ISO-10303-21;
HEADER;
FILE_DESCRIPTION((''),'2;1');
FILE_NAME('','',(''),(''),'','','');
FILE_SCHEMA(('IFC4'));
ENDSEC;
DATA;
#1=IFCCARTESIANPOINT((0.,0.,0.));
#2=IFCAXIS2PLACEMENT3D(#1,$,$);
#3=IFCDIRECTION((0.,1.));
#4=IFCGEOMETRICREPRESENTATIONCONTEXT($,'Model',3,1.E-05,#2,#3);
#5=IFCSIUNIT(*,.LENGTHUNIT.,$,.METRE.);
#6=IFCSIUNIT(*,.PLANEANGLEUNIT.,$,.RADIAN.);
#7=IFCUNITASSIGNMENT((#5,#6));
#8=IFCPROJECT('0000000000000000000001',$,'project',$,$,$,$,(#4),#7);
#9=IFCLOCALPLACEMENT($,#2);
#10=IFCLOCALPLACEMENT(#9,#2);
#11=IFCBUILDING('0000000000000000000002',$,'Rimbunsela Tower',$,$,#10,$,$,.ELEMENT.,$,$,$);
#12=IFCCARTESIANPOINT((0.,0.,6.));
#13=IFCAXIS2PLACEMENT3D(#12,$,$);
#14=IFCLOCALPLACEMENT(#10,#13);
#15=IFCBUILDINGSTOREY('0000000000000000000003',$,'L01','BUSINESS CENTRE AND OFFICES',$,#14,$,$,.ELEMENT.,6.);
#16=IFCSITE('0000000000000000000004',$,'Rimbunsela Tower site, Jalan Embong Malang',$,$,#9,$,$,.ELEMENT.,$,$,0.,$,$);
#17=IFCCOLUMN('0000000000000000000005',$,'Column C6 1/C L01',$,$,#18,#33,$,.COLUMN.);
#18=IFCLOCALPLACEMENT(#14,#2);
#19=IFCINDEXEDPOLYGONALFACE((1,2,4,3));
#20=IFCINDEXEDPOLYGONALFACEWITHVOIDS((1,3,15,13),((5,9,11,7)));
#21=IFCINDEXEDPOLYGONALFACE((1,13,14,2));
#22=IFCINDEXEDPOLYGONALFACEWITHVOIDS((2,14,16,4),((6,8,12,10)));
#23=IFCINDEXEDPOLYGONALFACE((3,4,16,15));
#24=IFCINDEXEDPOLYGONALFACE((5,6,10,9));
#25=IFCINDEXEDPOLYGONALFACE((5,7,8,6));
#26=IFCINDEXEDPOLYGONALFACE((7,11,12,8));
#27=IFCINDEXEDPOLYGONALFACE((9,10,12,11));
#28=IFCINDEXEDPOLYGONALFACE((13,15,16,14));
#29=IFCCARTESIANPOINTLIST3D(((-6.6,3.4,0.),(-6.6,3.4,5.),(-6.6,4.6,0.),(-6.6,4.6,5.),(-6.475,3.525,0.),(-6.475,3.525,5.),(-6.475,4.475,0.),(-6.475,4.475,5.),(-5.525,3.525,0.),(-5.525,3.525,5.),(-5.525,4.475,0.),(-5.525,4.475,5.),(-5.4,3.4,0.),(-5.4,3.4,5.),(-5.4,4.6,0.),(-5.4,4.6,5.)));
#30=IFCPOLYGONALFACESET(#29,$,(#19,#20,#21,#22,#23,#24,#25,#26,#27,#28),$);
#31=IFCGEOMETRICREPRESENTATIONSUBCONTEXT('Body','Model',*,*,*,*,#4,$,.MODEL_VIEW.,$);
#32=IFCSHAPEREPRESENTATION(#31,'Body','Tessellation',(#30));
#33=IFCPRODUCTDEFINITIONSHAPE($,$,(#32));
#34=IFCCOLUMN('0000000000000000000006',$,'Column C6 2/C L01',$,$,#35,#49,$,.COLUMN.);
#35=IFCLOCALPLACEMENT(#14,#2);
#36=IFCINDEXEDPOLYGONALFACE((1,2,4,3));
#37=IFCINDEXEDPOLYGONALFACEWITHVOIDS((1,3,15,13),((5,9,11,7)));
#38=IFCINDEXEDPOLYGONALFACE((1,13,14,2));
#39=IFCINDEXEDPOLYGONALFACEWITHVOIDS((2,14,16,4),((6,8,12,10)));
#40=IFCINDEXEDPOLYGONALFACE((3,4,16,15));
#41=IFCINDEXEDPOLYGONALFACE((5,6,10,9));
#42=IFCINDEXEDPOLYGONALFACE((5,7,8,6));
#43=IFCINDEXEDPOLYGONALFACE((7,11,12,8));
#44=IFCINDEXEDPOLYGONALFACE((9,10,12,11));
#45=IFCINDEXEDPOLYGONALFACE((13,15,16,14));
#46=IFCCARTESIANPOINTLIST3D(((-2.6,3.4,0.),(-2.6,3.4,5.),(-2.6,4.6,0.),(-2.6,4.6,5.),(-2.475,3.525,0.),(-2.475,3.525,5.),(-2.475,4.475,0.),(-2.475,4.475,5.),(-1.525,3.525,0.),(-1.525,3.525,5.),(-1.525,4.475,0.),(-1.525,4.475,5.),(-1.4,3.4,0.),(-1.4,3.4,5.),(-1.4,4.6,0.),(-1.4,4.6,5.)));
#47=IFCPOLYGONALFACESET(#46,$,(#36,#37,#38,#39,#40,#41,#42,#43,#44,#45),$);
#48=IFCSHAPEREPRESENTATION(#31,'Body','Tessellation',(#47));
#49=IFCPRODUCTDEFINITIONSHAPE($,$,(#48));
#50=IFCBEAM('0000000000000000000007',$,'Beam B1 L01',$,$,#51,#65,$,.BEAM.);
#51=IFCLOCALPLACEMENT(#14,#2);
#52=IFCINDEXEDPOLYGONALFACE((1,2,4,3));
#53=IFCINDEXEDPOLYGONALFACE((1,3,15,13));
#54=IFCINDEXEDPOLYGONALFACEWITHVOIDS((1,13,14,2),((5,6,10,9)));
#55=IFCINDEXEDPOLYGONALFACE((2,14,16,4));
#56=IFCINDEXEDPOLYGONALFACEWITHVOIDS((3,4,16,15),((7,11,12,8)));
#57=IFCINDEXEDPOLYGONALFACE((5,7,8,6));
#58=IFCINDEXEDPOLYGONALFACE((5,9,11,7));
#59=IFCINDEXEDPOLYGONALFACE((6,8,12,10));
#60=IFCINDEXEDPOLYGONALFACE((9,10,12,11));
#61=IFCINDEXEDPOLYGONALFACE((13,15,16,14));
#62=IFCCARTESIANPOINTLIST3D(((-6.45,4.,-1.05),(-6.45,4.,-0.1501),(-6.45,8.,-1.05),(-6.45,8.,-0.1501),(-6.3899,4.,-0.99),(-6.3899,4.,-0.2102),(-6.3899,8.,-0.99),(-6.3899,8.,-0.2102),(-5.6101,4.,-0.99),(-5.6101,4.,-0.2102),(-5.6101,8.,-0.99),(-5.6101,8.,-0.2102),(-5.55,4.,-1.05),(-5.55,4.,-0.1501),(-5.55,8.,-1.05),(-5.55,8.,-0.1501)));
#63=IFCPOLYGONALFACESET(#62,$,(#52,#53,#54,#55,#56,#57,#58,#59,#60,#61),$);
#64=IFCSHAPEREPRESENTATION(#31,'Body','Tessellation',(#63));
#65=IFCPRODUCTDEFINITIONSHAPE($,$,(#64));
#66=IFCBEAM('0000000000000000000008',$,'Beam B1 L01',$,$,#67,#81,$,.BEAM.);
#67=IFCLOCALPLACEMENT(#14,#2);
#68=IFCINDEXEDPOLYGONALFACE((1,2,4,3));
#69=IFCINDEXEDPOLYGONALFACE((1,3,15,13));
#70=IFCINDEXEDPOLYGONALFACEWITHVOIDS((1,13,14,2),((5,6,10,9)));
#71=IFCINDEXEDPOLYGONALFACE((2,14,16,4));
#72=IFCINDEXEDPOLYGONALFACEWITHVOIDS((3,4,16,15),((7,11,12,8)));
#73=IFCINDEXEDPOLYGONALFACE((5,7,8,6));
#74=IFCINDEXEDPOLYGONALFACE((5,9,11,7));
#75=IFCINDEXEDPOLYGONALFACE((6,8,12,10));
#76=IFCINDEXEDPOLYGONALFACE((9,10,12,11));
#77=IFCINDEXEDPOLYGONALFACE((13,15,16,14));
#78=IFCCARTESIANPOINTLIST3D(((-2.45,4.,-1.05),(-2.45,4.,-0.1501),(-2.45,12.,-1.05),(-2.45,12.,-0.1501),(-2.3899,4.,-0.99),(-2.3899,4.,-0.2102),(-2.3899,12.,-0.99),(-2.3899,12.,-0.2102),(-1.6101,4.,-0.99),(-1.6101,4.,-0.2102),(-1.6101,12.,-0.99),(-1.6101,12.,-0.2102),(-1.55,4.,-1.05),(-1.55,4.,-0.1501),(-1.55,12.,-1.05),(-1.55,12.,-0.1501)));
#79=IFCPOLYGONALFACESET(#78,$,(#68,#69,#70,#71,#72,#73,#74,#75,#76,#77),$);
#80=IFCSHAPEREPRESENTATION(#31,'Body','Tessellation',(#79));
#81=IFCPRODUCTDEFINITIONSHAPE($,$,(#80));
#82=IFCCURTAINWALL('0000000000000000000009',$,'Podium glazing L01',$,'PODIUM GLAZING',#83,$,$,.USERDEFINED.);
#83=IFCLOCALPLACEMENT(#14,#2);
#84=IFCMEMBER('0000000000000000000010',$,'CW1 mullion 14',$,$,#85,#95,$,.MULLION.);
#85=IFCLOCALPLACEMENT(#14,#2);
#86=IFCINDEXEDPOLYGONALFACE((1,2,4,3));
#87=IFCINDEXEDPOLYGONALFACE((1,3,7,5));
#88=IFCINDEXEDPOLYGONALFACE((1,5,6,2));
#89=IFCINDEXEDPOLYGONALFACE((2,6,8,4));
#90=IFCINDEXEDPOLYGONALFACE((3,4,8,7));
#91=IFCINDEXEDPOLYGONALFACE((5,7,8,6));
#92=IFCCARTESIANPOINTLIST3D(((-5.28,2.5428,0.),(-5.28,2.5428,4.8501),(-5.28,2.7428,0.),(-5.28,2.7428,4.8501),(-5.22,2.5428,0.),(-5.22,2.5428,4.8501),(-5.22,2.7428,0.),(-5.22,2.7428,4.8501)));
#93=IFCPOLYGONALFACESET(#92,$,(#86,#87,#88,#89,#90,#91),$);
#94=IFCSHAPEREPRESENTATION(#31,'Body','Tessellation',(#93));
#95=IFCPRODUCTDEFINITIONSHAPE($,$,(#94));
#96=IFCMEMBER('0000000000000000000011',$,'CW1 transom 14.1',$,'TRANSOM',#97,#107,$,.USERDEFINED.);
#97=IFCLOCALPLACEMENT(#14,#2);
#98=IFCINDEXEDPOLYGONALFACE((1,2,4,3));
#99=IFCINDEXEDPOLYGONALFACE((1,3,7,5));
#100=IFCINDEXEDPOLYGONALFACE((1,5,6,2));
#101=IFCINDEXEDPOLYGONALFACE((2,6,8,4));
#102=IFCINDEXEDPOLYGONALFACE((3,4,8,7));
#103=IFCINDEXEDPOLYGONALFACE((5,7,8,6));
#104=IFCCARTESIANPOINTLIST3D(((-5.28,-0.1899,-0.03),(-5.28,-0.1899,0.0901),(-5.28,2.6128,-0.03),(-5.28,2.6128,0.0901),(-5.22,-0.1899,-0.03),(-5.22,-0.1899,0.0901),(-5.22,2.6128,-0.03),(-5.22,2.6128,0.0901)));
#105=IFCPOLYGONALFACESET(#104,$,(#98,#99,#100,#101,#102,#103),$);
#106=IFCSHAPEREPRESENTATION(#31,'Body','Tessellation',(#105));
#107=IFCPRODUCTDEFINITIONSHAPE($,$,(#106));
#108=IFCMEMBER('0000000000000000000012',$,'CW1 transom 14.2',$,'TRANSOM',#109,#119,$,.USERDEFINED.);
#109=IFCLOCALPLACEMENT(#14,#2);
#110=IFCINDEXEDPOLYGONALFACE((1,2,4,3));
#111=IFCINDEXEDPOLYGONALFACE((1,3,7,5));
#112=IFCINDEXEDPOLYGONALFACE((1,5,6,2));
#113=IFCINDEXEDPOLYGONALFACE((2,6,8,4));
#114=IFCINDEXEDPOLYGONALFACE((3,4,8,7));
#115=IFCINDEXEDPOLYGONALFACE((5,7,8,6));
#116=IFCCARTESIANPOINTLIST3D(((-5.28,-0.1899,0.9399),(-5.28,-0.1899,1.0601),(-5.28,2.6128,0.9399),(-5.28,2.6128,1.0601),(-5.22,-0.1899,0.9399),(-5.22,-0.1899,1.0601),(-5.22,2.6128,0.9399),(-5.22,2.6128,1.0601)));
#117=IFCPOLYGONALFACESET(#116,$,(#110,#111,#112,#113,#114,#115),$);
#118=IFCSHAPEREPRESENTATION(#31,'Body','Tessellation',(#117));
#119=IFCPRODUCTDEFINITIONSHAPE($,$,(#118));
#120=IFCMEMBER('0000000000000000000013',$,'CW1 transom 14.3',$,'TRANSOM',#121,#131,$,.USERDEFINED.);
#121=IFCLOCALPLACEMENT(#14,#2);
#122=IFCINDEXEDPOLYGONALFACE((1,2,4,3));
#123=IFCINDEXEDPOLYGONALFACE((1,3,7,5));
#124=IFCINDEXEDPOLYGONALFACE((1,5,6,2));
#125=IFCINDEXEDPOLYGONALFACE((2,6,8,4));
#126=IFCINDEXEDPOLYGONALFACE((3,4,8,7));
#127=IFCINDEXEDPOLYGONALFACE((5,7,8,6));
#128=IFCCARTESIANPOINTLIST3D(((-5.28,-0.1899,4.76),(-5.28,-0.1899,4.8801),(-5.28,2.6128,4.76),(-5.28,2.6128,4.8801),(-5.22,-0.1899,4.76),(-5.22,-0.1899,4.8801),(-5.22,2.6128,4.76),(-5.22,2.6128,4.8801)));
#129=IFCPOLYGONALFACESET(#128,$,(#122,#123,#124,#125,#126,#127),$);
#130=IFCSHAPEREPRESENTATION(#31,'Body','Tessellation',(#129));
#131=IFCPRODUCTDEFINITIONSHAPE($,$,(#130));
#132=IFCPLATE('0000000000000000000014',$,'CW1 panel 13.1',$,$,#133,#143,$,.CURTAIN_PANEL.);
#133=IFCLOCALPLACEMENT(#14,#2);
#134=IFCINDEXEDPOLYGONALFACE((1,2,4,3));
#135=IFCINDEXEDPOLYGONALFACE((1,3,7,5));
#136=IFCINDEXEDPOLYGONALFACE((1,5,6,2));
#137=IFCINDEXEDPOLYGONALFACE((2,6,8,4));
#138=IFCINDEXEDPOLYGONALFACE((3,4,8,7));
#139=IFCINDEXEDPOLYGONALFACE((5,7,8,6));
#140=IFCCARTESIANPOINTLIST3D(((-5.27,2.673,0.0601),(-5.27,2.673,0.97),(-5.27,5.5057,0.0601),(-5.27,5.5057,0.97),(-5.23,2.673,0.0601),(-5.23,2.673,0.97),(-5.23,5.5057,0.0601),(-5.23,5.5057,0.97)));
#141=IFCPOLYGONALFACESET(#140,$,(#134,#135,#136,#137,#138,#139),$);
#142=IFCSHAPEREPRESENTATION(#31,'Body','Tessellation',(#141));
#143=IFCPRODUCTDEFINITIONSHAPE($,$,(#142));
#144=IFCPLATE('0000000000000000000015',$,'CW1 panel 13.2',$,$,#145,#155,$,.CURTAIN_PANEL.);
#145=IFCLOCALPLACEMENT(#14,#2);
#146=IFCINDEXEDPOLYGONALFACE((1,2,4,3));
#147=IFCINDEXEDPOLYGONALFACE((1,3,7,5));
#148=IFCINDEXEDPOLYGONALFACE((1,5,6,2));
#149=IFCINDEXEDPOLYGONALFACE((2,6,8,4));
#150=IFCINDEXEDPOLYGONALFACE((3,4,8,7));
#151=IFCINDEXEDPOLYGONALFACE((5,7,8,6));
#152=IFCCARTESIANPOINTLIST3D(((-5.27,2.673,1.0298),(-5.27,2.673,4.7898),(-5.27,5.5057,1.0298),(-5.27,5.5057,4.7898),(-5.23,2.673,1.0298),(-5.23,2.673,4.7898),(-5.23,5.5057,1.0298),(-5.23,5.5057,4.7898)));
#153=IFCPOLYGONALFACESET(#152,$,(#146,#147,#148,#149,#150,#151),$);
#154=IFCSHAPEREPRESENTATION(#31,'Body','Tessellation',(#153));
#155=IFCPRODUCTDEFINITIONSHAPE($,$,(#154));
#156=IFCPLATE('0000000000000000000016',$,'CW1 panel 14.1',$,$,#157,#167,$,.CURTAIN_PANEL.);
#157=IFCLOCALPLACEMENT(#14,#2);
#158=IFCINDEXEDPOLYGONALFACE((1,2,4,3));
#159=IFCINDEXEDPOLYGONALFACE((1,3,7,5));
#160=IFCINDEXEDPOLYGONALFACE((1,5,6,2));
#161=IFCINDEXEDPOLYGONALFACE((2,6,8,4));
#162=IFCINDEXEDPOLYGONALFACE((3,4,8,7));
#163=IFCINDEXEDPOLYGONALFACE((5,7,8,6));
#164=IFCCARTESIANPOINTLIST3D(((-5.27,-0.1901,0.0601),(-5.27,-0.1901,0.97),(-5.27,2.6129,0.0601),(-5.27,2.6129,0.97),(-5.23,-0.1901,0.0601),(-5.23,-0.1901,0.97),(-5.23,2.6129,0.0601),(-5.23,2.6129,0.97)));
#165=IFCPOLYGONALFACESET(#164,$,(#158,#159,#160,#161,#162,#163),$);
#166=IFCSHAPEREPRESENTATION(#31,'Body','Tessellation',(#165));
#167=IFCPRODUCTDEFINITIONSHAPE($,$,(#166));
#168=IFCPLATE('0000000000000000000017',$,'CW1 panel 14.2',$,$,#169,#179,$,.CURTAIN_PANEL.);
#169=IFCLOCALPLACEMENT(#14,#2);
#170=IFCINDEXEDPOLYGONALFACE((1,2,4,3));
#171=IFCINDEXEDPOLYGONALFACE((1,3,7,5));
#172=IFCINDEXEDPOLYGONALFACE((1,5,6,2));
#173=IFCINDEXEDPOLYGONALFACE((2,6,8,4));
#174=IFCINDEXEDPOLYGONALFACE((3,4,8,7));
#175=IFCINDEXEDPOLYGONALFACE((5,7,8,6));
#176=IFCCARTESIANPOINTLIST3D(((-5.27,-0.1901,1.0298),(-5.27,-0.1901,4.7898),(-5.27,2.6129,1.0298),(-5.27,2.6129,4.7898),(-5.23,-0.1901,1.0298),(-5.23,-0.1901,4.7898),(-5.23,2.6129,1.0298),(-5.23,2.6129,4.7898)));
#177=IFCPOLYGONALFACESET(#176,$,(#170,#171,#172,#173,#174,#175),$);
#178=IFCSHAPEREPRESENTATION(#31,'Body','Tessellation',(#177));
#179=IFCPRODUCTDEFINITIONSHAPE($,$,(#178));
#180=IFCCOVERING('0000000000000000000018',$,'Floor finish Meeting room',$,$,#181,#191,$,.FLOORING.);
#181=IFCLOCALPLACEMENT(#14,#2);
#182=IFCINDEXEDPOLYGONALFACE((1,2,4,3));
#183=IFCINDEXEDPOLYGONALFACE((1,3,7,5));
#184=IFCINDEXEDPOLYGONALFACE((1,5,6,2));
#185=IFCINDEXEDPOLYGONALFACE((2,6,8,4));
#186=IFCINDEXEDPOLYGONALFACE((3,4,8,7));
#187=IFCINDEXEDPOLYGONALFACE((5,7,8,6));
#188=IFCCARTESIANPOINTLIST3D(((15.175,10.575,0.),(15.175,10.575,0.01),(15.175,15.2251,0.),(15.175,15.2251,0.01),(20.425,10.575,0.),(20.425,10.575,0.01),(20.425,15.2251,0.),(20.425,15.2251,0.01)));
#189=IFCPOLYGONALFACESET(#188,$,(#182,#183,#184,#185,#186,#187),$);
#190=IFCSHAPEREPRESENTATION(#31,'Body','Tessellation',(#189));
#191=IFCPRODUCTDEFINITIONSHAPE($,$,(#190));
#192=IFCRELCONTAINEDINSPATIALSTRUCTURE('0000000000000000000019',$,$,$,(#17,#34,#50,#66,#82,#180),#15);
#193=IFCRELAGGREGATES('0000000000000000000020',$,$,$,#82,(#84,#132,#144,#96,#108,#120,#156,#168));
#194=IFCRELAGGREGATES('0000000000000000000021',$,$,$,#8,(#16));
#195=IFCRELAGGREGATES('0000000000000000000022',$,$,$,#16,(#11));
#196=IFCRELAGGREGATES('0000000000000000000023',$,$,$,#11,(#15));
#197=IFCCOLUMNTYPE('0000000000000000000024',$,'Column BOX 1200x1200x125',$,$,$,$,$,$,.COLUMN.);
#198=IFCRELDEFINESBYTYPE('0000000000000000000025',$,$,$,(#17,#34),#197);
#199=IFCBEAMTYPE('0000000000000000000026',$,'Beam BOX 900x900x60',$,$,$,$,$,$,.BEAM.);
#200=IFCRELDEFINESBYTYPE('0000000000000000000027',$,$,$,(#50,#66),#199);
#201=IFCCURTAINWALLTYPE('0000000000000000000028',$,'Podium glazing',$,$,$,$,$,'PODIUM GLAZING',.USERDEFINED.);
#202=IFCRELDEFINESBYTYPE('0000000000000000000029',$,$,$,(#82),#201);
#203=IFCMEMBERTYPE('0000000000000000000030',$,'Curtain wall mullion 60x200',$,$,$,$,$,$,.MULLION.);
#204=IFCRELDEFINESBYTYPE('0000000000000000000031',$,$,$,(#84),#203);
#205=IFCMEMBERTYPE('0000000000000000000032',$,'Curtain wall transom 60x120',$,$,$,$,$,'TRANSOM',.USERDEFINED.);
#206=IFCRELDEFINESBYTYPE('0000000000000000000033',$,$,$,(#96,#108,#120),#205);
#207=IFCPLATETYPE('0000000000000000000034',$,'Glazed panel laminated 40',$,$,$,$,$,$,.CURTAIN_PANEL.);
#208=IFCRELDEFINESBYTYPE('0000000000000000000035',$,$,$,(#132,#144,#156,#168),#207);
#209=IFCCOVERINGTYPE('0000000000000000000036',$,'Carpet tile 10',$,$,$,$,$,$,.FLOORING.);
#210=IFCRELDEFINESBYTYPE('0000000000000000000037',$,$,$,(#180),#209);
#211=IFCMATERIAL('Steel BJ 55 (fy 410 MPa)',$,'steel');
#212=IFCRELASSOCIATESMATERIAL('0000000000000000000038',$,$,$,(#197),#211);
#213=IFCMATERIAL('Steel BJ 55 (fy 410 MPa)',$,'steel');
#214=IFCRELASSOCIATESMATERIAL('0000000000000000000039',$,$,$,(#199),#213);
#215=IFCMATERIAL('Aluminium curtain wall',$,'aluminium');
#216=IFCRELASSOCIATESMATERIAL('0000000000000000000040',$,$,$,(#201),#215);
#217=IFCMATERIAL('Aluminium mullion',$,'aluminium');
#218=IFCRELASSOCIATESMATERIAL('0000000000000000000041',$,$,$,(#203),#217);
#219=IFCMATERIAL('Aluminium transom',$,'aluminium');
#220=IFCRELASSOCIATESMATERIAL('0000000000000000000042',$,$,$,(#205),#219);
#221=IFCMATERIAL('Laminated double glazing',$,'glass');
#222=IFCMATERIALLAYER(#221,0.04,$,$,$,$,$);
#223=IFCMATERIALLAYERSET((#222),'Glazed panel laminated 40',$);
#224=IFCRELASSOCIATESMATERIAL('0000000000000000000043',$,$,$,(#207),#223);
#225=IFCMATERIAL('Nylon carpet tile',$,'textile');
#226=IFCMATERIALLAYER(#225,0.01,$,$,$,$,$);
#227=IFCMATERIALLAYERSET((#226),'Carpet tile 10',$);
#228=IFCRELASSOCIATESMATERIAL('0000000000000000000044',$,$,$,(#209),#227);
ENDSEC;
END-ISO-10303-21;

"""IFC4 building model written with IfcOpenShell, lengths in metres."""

from ifc_helpers import new_model, si_unit, direction, frame, origin, origin_2d, place, context, subcontext, project, spatial, polyline, rectangle, hollow_rectangle, outline, extrude, material, layer, layer_set, material_profile, profile_set, type_object, element, aggregate, save


model = new_model("IFC4")

# Units and contexts
model_context = context("Model", 3, precision=1e-05, world=origin(), true_north=direction((0.0, 1.0)))
body_context = subcontext(model_context, "Body", "Model", "MODEL_VIEW")
ifc_project = project(units=[si_unit("LENGTHUNIT", "METRE"), si_unit("PLANEANGLEUNIT", "RADIAN")], contexts=[model_context])

# Site, building, storey
site_placement = place(None, origin())
site = spatial("IfcSite", under=ifc_project, at=site_placement, Name="Rimbunsela Tower site, Jalan Embong Malang", CompositionType="ELEMENT", RefElevation=0.0)
building_placement = place(site_placement, origin())
building = spatial("IfcBuilding", under=site, at=building_placement, Name="Rimbunsela Tower", CompositionType="ELEMENT")
storey_placement = place(building_placement, frame((0.0, 0.0, 6.0)))
storey = spatial("IfcBuildingStorey", under=building, at=storey_placement, Name="L01", Description="BUSINESS CENTRE AND OFFICES", CompositionType="ELEMENT", Elevation=6.0)

# Columns
ifc_material_1 = material(Name="Steel BJ 55 (fy 410 MPa)", Category="steel")
ifc_material_profile_1 = material_profile(ifc_material_1, hollow_rectangle(XDim=1.2, YDim=1.2, WallThickness=0.125, at=origin_2d()), Name="BOX 1200x1200x125")
ifc_profile_set_1 = profile_set([ifc_material_profile_1], Name="Steel BJ 55 (fy 410 MPa)")
column_type = type_object("IfcColumnType", Name="Column BOX 1200x1200x125", PredefinedType="COLUMN", material=ifc_profile_set_1)
for number, where, z_axis, x_axis, name in (
    (1, (-6.0, 4.0, 0.0), (0.0, 0.0, 1.0), (1.0, 0.0, 0.0), "Column C6 1/C L01"),
    (2, (-2.0, 4.0, 0.0), (0.0, 0.0, 1.0), (1.0, 0.0, 0.0), "Column C6 2/C L01"),
):
    element("IfcColumn", number, at=place(storey_placement, frame(where, z_axis=z_axis, x_axis=x_axis)), inside=storey, type_object=column_type, Name=name, PredefinedType="COLUMN", context=body_context, shape_type="SweptSolid", body=[
        extrude(hollow_rectangle(XDim=1.2, YDim=1.2, WallThickness=0.125, at=origin_2d()), origin(), (0.0, 0.0, 1.0), 5.0),
    ])

# Beams
ifc_material_2 = material(Name="Steel BJ 55 (fy 410 MPa)", Category="steel")
ifc_material_profile_2 = material_profile(ifc_material_2, hollow_rectangle(XDim=0.8999, YDim=0.8999, WallThickness=0.0601, at=origin_2d()), Name="BOX 900x900x60")
ifc_profile_set_2 = profile_set([ifc_material_profile_2], Name="Steel BJ 55 (fy 410 MPa)")
beam_type = type_object("IfcBeamType", Name="Beam BOX 900x900x60", PredefinedType="BEAM", material=ifc_profile_set_2)
beam_1_placement = place(storey_placement, frame((-6.0, 4.0, -0.6001), z_axis=(0.0, 1.0, 0.0), x_axis=(-1.0, 0.0, 0.0)))
element("IfcBeam", 3, at=beam_1_placement, inside=storey, type_object=beam_type, Name="Beam B1 L01", PredefinedType="BEAM", context=body_context, shape_type="SweptSolid", body=[
    extrude(hollow_rectangle(XDim=0.8999, YDim=0.8999, WallThickness=0.0601, at=origin_2d()), origin(), (0.0, 0.0, 1.0), 4.0),
])
beam_2_placement = place(storey_placement, frame((-2.0, 4.0, -0.6001), z_axis=(0.0, 1.0, 0.0), x_axis=(-1.0, 0.0, 0.0)))
element("IfcBeam", 4, at=beam_2_placement, inside=storey, type_object=beam_type, Name="Beam B1 L01", PredefinedType="BEAM", context=body_context, shape_type="SweptSolid", body=[
    extrude(hollow_rectangle(XDim=0.8999, YDim=0.8999, WallThickness=0.0601, at=origin_2d()), origin(), (0.0, 0.0, 1.0), 8.0),
])

# Curtain wall, members, plates
ifc_material_3 = material(Name="Aluminium curtain wall", Category="aluminium")
curtain_wall_type = type_object("IfcCurtainWallType", Name="Podium glazing", ElementType="PODIUM GLAZING", PredefinedType="USERDEFINED", material=ifc_material_3)
curtain_wall_placement = place(storey_placement, origin())
curtain_wall = element("IfcCurtainWall", 5, at=curtain_wall_placement, inside=storey, type_object=curtain_wall_type, Name="Podium glazing L01", ObjectType="PODIUM GLAZING", PredefinedType="USERDEFINED")
ifc_material_4 = material(Name="Aluminium mullion", Category="aluminium")
ifc_material_profile_3 = material_profile(ifc_material_4, rectangle(XDim=0.0601, YDim=0.2, at=origin_2d()), Name="Mullion 60x200")
ifc_profile_set_3 = profile_set([ifc_material_profile_3], Name="Aluminium mullion")
member_type_1 = type_object("IfcMemberType", Name="Curtain wall mullion 60x200", PredefinedType="MULLION", material=ifc_profile_set_3)
member_1_placement = place(storey_placement, frame((-5.25, 2.6428, 0.0), z_axis=(0.0, 0.0, 1.0), x_axis=(1.0, 0.0, 0.0)))
member_1 = element("IfcMember", 6, at=member_1_placement, type_object=member_type_1, Name="CW1 mullion 14", PredefinedType="MULLION", context=body_context, shape_type="SweptSolid", body=[
    extrude(rectangle(XDim=0.0601, YDim=0.2, at=origin_2d()), origin(), (0.0, 0.0, 1.0), 4.8501),
])
ifc_material_5 = material(Name="Aluminium transom", Category="aluminium")
ifc_material_profile_4 = material_profile(ifc_material_5, rectangle(XDim=0.0601, YDim=0.1201, at=origin_2d()), Name="Transom 60x120")
ifc_profile_set_4 = profile_set([ifc_material_profile_4], Name="Aluminium transom")
member_type_2 = type_object("IfcMemberType", Name="Curtain wall transom 60x120", ElementType="TRANSOM", PredefinedType="USERDEFINED", material=ifc_profile_set_4)
member_2_placement = place(storey_placement, frame((-5.25, 2.6128, 0.03), z_axis=(0.0, -1.0, 0.0), x_axis=(1.0, 0.0, 0.0)))
member_2 = element("IfcMember", 7, at=member_2_placement, type_object=member_type_2, Name="CW1 transom 14.1", ObjectType="TRANSOM", PredefinedType="USERDEFINED", context=body_context, shape_type="SweptSolid", body=[
    extrude(rectangle(XDim=0.0601, YDim=0.1201, at=origin_2d()), origin(), (0.0, 0.0, 1.0), 2.8027),
])
member_3_placement = place(storey_placement, frame((-5.25, 2.6128, 1.0), z_axis=(0.0, -1.0, 0.0), x_axis=(1.0, 0.0, 0.0)))
member_3 = element("IfcMember", 8, at=member_3_placement, type_object=member_type_2, Name="CW1 transom 14.2", ObjectType="TRANSOM", PredefinedType="USERDEFINED", context=body_context, shape_type="SweptSolid", body=[
    extrude(rectangle(XDim=0.0601, YDim=0.1201, at=origin_2d()), origin(), (0.0, 0.0, 1.0), 2.8027),
])
member_4_placement = place(storey_placement, frame((-5.25, 2.6128, 4.8201), z_axis=(0.0, -1.0, 0.0), x_axis=(1.0, 0.0, 0.0)))
member_4 = element("IfcMember", 9, at=member_4_placement, type_object=member_type_2, Name="CW1 transom 14.3", ObjectType="TRANSOM", PredefinedType="USERDEFINED", context=body_context, shape_type="SweptSolid", body=[
    extrude(rectangle(XDim=0.0601, YDim=0.1201, at=origin_2d()), origin(), (0.0, 0.0, 1.0), 2.8027),
])
ifc_material_6 = material(Name="Laminated double glazing", Category="glass")
ifc_layer_1 = layer(ifc_material_6, 0.04)
ifc_layer_set_1 = layer_set([ifc_layer_1], Name="Glazed panel laminated 40")
plate_type = type_object("IfcPlateType", Name="Glazed panel laminated 40", PredefinedType="CURTAIN_PANEL", material=ifc_layer_set_1)
plate_1_placement = place(storey_placement, frame((-5.25, 4.0894, 0.0601), z_axis=(0.0, 0.0, 1.0), x_axis=(0.0, -1.0, 0.0)))
plate_1 = element("IfcPlate", 10, at=plate_1_placement, type_object=plate_type, Name="CW1 panel 13.1", PredefinedType="CURTAIN_PANEL", context=body_context, shape_type="SweptSolid", body=[
    extrude(rectangle(XDim=2.8328, YDim=0.04, at=origin_2d()), origin(), (0.0, 0.0, 1.0), 0.9099),
])
plate_2_placement = place(storey_placement, frame((-5.25, 4.0894, 1.0298), z_axis=(0.0, 0.0, 1.0), x_axis=(0.0, -1.0, 0.0)))
plate_2 = element("IfcPlate", 11, at=plate_2_placement, type_object=plate_type, Name="CW1 panel 13.2", PredefinedType="CURTAIN_PANEL", context=body_context, shape_type="SweptSolid", body=[
    extrude(rectangle(XDim=2.8328, YDim=0.04, at=origin_2d()), origin(), (0.0, 0.0, 1.0), 3.76),
])
plate_3_placement = place(storey_placement, frame((-5.25, 1.2114, 0.0601), z_axis=(0.0, 0.0, 1.0), x_axis=(0.0, -1.0, 0.0)))
plate_3 = element("IfcPlate", 12, at=plate_3_placement, type_object=plate_type, Name="CW1 panel 14.1", PredefinedType="CURTAIN_PANEL", context=body_context, shape_type="SweptSolid", body=[
    extrude(rectangle(XDim=2.803, YDim=0.04, at=origin_2d()), origin(), (0.0, 0.0, 1.0), 0.9099),
])
plate_4_placement = place(storey_placement, frame((-5.25, 1.2114, 1.0298), z_axis=(0.0, 0.0, 1.0), x_axis=(0.0, -1.0, 0.0)))
plate_4 = element("IfcPlate", 13, at=plate_4_placement, type_object=plate_type, Name="CW1 panel 14.2", PredefinedType="CURTAIN_PANEL", context=body_context, shape_type="SweptSolid", body=[
    extrude(rectangle(XDim=2.803, YDim=0.04, at=origin_2d()), origin(), (0.0, 0.0, 1.0), 3.76),
])
aggregate(curtain_wall, [member_1, plate_1, plate_2, member_2, member_3, member_4, plate_3, plate_4])

# Covering
ifc_material_7 = material(Name="Nylon carpet tile", Category="textile")
ifc_layer_2 = layer(ifc_material_7, 0.01)
ifc_layer_set_2 = layer_set([ifc_layer_2], Name="Carpet tile 10")
covering_type_1 = type_object("IfcCoveringType", Name="Carpet tile 10", PredefinedType="FLOORING", material=ifc_layer_set_2)
covering_1_placement = place(storey_placement, origin())
element("IfcCovering", 14, at=covering_1_placement, inside=storey, type_object=covering_type_1, Name="Floor finish Meeting room", PredefinedType="FLOORING", context=body_context, shape_type="SweptSolid", body=[
    extrude(outline(polyline([(20.425, 10.575), (20.425, 15.2251), (15.175, 15.2251), (15.175, 10.575), (20.425, 10.575)])), origin(), (0.0, 0.0, 1.0), 0.01),
])

save(model, "model.ifc")
